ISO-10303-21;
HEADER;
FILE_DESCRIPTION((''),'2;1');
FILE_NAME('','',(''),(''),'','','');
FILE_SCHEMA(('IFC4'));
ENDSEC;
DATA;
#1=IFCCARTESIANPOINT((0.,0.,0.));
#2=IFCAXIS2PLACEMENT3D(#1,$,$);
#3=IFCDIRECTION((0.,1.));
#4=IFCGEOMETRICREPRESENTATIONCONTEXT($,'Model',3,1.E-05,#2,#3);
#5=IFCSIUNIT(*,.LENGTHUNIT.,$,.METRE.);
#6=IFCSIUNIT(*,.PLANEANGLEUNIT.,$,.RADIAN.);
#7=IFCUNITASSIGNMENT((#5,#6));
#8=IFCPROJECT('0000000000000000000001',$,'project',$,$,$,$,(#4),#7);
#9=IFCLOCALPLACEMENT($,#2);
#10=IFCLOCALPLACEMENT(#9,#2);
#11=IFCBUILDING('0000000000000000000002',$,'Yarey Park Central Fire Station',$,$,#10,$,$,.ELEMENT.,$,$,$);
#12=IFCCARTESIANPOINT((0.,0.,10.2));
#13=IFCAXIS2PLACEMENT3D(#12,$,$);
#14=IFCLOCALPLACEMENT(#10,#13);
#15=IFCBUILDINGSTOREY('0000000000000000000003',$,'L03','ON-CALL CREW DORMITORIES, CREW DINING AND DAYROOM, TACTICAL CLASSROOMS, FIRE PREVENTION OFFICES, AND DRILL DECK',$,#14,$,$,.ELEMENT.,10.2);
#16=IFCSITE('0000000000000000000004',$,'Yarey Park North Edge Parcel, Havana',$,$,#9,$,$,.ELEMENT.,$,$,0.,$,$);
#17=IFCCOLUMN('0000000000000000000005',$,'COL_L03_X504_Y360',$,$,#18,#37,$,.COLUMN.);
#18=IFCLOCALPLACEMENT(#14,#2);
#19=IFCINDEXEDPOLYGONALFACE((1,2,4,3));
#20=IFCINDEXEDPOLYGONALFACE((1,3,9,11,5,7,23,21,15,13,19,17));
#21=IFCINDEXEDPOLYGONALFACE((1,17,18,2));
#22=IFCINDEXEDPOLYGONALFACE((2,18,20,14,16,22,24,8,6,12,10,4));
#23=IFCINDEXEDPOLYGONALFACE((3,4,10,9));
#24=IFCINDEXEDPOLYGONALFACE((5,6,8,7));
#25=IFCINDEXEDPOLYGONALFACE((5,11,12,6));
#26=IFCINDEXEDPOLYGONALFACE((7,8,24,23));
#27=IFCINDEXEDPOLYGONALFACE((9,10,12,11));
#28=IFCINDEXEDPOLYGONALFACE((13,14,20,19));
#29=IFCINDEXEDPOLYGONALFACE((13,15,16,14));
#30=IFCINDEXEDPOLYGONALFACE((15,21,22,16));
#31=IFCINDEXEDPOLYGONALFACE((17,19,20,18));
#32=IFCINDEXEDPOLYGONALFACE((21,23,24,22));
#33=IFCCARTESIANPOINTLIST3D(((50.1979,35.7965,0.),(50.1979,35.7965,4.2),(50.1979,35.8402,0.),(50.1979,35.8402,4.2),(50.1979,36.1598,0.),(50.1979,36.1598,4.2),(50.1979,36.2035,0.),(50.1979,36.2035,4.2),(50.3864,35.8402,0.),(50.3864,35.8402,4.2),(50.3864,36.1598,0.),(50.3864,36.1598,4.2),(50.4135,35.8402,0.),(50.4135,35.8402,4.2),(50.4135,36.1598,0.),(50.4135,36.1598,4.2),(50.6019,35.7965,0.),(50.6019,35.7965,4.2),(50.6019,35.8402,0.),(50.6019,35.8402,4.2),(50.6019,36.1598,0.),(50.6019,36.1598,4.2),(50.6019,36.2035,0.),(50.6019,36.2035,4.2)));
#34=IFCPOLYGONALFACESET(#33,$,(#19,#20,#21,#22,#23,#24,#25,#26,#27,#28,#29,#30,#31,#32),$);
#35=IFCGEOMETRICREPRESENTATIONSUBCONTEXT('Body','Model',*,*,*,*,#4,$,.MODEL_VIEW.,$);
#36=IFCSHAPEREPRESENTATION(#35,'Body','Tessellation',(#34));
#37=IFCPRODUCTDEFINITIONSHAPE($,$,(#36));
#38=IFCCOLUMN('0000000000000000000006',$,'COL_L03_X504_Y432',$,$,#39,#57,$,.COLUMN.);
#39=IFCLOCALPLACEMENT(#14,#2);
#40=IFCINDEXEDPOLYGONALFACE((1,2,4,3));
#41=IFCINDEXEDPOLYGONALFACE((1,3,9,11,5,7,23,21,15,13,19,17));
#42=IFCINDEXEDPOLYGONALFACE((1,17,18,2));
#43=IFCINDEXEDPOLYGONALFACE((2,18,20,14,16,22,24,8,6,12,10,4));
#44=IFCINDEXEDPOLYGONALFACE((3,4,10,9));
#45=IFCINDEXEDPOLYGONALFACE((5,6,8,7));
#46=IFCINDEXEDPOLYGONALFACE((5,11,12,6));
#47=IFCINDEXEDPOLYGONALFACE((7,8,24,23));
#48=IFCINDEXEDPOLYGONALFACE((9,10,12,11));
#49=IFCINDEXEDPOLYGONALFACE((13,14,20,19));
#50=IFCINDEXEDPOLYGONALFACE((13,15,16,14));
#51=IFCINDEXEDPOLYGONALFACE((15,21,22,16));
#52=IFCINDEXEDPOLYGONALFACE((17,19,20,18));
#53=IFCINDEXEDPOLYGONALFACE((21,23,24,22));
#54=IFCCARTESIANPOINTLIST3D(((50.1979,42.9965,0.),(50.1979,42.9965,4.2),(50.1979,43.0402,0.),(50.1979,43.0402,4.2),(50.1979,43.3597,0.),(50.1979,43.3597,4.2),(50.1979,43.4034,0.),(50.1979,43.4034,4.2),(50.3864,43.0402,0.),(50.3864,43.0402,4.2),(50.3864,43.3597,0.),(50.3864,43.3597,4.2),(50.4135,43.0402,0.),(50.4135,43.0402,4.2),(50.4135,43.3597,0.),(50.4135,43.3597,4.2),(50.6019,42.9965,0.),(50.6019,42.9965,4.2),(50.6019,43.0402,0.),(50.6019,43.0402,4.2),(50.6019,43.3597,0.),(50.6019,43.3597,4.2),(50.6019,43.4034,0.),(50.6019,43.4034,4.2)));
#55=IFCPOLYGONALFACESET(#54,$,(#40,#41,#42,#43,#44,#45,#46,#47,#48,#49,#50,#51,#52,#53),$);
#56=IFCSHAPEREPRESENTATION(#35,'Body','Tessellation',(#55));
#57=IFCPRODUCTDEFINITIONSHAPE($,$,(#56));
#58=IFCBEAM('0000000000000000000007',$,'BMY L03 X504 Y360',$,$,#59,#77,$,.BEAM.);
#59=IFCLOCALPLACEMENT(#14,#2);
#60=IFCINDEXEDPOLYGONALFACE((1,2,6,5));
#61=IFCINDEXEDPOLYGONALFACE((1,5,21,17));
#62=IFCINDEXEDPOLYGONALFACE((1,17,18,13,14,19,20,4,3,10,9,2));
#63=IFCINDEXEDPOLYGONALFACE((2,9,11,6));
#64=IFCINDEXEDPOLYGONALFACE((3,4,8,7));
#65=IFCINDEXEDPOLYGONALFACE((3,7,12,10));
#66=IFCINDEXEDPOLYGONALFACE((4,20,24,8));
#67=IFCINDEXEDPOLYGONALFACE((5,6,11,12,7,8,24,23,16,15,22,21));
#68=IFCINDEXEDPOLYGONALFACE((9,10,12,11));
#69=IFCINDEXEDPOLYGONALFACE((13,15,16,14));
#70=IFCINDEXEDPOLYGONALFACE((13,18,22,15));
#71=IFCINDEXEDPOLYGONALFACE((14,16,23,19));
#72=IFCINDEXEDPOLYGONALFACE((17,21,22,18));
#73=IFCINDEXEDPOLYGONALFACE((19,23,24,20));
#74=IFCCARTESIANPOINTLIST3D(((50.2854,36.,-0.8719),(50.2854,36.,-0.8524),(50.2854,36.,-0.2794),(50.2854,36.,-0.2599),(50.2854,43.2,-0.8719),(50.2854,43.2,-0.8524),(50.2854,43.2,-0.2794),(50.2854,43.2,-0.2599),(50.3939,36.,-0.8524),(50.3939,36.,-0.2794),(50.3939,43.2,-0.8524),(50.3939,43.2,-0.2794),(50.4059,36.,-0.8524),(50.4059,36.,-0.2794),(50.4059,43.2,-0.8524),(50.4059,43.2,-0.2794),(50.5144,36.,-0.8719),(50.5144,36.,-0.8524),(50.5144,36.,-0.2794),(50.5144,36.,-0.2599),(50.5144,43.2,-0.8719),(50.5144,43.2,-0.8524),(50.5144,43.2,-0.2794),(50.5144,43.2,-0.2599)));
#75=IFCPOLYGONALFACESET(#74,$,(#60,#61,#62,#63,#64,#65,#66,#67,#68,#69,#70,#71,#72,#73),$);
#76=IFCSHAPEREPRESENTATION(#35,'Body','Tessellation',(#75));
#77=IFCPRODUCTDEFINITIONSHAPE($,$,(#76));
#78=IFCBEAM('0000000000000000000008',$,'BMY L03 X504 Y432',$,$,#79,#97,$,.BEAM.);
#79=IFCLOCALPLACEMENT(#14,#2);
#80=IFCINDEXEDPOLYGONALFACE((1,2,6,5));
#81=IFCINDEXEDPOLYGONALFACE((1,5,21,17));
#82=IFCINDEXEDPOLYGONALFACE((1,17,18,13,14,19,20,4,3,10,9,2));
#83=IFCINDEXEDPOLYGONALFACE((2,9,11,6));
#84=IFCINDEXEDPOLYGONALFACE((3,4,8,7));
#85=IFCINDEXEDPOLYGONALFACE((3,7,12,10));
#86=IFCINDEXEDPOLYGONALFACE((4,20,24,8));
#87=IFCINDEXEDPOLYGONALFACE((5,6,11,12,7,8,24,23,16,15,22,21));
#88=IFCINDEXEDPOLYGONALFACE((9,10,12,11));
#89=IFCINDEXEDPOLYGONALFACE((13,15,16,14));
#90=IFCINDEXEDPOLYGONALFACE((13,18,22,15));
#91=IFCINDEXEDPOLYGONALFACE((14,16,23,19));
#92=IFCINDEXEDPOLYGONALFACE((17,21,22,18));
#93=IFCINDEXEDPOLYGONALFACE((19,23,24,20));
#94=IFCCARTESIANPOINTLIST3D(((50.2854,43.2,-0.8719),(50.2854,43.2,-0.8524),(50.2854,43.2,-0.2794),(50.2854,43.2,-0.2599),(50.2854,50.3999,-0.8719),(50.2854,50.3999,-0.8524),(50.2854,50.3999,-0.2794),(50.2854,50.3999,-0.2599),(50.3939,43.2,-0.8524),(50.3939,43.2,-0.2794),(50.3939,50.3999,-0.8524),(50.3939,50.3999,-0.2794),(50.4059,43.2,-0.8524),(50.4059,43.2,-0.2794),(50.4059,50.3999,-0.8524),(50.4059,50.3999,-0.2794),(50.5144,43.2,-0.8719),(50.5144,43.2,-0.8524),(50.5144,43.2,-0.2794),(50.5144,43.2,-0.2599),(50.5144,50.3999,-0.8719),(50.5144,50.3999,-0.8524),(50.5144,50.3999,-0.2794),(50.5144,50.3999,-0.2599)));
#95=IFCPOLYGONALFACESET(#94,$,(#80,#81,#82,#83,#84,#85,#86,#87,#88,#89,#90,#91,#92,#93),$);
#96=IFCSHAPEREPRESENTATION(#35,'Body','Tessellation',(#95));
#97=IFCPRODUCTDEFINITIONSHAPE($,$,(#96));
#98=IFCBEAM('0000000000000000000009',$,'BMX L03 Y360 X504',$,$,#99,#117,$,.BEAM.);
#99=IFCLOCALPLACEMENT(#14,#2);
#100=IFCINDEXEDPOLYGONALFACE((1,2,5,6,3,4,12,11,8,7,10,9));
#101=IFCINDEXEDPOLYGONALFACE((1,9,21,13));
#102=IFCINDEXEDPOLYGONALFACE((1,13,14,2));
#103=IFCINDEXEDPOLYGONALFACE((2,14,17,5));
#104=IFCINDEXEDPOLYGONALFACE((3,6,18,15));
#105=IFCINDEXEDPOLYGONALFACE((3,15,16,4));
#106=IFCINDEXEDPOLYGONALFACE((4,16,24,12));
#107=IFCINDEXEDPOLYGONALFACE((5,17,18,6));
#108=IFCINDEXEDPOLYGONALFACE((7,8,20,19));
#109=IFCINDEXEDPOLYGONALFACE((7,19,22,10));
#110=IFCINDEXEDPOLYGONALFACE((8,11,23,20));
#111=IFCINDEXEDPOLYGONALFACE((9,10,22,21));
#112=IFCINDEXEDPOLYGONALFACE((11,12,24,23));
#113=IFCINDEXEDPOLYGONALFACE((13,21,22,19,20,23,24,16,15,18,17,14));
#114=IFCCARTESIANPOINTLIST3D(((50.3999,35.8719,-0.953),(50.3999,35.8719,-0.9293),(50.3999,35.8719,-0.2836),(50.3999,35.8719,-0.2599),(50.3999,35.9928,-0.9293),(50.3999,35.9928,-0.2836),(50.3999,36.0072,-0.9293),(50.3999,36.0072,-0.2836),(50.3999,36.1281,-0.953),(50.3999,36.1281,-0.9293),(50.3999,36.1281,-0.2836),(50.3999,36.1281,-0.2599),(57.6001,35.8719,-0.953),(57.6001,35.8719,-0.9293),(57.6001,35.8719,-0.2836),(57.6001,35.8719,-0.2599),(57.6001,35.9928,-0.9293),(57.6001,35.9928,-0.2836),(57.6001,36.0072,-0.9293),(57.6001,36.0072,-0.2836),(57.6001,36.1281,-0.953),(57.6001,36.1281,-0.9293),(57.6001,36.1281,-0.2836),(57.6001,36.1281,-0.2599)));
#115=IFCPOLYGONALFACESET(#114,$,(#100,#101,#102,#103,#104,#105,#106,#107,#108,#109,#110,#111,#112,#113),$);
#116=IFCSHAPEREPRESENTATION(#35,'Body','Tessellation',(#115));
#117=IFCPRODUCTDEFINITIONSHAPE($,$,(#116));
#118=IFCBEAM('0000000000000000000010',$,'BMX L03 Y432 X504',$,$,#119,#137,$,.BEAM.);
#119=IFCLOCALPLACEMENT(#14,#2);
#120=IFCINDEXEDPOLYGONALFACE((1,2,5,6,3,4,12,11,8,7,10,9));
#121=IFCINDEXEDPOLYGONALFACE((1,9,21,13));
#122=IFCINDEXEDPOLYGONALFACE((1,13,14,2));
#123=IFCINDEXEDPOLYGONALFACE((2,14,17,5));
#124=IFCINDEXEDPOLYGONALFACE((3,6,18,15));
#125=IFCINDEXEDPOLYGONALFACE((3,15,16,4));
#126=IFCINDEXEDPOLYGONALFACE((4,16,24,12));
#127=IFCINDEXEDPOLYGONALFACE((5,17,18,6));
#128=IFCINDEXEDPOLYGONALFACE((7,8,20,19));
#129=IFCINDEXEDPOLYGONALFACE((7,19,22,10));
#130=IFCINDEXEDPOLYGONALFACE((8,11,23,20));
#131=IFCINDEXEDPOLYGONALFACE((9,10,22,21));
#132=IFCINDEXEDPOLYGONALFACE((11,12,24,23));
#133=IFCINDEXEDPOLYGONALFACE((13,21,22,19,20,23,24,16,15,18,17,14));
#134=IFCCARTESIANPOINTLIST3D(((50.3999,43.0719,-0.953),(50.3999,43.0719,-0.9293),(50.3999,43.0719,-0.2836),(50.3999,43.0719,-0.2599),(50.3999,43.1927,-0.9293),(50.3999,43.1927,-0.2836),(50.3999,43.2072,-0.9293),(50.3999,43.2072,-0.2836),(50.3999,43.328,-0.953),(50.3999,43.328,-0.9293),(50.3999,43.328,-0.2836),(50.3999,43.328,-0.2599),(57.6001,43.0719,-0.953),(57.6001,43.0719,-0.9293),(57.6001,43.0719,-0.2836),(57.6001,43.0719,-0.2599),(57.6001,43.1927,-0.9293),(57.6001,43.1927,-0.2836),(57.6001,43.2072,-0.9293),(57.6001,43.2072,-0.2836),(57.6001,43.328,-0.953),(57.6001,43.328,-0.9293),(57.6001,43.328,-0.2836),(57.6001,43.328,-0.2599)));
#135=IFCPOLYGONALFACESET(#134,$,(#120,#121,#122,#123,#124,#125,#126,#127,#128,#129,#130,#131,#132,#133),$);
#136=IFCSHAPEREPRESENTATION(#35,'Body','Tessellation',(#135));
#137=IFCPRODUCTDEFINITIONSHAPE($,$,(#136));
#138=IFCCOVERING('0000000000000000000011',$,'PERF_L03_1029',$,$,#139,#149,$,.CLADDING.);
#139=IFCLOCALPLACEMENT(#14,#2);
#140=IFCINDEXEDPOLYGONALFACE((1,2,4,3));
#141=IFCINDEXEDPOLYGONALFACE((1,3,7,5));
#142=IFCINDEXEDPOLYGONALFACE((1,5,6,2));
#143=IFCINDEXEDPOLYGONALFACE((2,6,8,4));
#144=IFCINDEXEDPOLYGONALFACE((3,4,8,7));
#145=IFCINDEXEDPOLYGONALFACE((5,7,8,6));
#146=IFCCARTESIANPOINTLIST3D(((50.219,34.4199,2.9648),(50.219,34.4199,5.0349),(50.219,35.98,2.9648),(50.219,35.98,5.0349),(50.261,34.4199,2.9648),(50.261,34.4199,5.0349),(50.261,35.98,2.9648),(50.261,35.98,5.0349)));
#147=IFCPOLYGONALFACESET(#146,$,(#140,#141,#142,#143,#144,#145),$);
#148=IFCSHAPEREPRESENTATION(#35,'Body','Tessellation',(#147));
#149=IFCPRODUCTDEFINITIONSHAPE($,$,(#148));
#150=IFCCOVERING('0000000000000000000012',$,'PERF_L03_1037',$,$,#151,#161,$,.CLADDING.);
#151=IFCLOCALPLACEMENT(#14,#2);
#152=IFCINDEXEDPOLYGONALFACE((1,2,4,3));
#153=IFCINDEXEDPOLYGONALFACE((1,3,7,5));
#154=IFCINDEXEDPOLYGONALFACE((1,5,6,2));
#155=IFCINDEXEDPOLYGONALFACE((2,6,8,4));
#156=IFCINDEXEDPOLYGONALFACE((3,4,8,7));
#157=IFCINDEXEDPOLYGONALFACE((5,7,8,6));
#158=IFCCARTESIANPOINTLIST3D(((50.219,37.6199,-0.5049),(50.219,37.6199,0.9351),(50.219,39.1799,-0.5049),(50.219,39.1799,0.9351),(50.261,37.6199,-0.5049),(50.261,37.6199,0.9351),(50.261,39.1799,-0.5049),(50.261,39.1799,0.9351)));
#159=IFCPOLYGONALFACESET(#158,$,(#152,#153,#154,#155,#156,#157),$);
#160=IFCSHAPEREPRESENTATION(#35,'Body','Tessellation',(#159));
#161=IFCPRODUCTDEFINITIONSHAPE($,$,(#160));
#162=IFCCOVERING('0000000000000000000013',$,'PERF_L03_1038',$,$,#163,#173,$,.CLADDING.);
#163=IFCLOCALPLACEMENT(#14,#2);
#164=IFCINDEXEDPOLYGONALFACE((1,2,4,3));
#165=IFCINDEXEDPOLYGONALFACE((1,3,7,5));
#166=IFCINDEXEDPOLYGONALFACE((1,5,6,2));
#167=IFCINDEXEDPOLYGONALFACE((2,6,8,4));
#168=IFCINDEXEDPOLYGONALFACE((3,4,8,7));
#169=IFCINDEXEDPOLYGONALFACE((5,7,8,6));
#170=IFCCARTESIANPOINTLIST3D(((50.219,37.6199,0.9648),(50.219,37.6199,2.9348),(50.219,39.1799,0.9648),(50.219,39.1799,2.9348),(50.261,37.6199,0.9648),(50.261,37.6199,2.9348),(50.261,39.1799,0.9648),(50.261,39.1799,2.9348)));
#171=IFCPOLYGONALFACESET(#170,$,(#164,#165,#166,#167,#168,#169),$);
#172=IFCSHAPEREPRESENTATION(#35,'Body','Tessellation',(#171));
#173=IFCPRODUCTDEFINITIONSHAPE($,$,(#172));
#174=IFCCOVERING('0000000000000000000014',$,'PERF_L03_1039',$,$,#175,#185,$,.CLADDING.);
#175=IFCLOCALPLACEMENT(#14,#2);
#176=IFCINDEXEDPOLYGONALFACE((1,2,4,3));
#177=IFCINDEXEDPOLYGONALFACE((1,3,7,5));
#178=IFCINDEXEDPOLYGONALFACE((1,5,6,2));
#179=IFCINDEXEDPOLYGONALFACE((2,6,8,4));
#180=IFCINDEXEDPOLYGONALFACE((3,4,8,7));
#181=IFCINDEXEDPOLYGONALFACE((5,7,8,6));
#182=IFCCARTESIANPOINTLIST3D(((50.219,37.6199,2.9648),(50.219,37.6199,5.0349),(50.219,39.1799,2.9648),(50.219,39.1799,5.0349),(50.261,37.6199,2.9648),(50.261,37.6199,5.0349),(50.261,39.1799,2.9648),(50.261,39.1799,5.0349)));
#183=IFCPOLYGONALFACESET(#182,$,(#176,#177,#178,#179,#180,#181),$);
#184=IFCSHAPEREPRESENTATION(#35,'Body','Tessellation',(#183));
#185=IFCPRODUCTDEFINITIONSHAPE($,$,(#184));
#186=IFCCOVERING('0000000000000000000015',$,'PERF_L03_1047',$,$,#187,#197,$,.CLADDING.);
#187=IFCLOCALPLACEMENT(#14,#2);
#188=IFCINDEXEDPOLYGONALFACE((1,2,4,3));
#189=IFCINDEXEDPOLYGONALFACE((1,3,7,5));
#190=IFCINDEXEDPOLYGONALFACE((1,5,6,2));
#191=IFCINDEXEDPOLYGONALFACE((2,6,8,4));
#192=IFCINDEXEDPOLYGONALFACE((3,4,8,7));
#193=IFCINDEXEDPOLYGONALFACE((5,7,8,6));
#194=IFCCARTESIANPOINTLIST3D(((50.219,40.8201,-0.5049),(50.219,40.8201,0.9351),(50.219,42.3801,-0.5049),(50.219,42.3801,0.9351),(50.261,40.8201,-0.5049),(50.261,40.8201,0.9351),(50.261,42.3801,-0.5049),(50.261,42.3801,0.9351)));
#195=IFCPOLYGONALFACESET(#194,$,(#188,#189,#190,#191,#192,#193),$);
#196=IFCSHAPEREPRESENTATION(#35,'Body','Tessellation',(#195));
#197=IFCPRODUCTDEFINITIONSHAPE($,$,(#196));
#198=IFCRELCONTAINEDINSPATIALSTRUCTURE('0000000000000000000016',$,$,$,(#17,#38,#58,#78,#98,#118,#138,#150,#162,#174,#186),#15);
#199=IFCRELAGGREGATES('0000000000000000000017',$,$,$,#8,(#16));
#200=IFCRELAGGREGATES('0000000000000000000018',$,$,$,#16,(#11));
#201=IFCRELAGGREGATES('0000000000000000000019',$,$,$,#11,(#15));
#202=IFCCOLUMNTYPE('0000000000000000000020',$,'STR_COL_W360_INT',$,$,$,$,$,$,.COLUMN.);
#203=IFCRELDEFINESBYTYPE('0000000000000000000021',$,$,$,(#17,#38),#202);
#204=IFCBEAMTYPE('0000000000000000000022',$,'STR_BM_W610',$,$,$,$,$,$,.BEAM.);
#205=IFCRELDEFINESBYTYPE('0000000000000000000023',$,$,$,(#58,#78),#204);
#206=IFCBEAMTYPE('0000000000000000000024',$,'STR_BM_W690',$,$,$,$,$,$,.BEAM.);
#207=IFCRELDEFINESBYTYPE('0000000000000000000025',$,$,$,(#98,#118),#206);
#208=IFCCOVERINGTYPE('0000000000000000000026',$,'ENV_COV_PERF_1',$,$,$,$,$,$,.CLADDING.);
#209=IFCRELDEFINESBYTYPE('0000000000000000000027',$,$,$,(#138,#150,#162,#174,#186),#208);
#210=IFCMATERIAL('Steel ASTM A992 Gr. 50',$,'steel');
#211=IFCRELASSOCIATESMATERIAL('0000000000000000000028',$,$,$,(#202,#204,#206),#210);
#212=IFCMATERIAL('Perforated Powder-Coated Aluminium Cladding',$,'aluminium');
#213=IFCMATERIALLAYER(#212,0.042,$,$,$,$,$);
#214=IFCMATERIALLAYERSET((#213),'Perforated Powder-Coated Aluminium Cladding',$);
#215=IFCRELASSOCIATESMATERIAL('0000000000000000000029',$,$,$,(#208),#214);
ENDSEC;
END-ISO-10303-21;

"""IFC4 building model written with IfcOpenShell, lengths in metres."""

from ifc_helpers import new_model, si_unit, direction, frame, origin, origin_2d, place, context, subcontext, project, spatial, rectangle, i_section, extrude, material, layer, layer_set, material_profile, profile_set, type_object, element, save


model = new_model("IFC4")

# Units and contexts
model_context = context("Model", 3, precision=1e-05, world=origin(), true_north=direction((0.0, 1.0)))
body_context = subcontext(model_context, "Body", "Model", "MODEL_VIEW")
ifc_project = project(units=[si_unit("LENGTHUNIT", "METRE"), si_unit("PLANEANGLEUNIT", "RADIAN")], contexts=[model_context])

# Site, building, storey
site_placement = place(None, origin())
site = spatial("IfcSite", under=ifc_project, at=site_placement, Name="Yarey Park North Edge Parcel, Havana", CompositionType="ELEMENT", RefElevation=0.0)
building_placement = place(site_placement, origin())
building = spatial("IfcBuilding", under=site, at=building_placement, Name="Yarey Park Central Fire Station", CompositionType="ELEMENT")
storey_placement = place(building_placement, frame((0.0, 0.0, 10.2)))
storey = spatial("IfcBuildingStorey", under=building, at=storey_placement, Name="L03", Description="ON-CALL CREW DORMITORIES, CREW DINING AND DAYROOM, TACTICAL CLASSROOMS, FIRE PREVENTION OFFICES, AND DRILL DECK", CompositionType="ELEMENT", Elevation=10.2)

# Columns
ifc_material_1 = material(Name="Steel ASTM A992 Gr. 50", Category="steel")
ifc_material_profile_1 = material_profile(ifc_material_1, i_section(OverallWidth=0.4041, OverallDepth=0.407, WebThickness=0.0271, FlangeThickness=0.0437, at=origin_2d()), Name="W360x347")
ifc_profile_set_1 = profile_set([ifc_material_profile_1], Name="Steel ASTM A992 Gr. 50")
column_type = type_object("IfcColumnType", Name="STR_COL_W360_INT", PredefinedType="COLUMN", material=ifc_profile_set_1)
for number, where, z_axis, x_axis, name in (
    (1, (50.3999, 36.0, 0.0), (0.0, 0.0, 1.0), (1.0, 0.0, 0.0), "COL_L03_X504_Y360"),
    (2, (50.3999, 43.2, 0.0), (0.0, 0.0, 1.0), (1.0, 0.0, 0.0), "COL_L03_X504_Y432"),
):
    element("IfcColumn", number, at=place(storey_placement, frame(where, z_axis=z_axis, x_axis=x_axis)), inside=storey, type_object=column_type, Name=name, PredefinedType="COLUMN", context=body_context, shape_type="SweptSolid", body=[
        extrude(i_section(OverallWidth=0.4041, OverallDepth=0.407, WebThickness=0.0271, FlangeThickness=0.0437, at=origin_2d()), origin(), (0.0, 0.0, 1.0), 4.2),
    ])

# Beams
ifc_material_profile_2 = material_profile(ifc_material_1, i_section(OverallWidth=0.229, OverallDepth=0.6121, WebThickness=0.012, FlangeThickness=0.0195, at=origin_2d()), Name="W610x125")
ifc_profile_set_2 = profile_set([ifc_material_profile_2], Name="Steel ASTM A992 Gr. 50")
beam_type_1 = type_object("IfcBeamType", Name="STR_BM_W610", PredefinedType="BEAM", material=ifc_profile_set_2)
for number, where, z_axis, x_axis, name in (
    (3, (50.3999, 36.0, -0.5659), (0.0, 1.0, 0.0), (-1.0, 0.0, 0.0), "BMY L03 X504 Y360"),
    (4, (50.3999, 43.2, -0.5659), (0.0, 1.0, 0.0), (-1.0, 0.0, 0.0), "BMY L03 X504 Y432"),
):
    element("IfcBeam", number, at=place(storey_placement, frame(where, z_axis=z_axis, x_axis=x_axis)), inside=storey, type_object=beam_type_1, Name=name, PredefinedType="BEAM", context=body_context, shape_type="SweptSolid", body=[
        extrude(i_section(OverallWidth=0.229, OverallDepth=0.6121, WebThickness=0.012, FlangeThickness=0.0195, at=origin_2d()), origin(), (0.0, 0.0, 1.0), 7.2),
    ])
ifc_material_profile_3 = material_profile(ifc_material_1, i_section(OverallWidth=0.2561, OverallDepth=0.6931, WebThickness=0.0144, FlangeThickness=0.0237, at=origin_2d()), Name="W690x170")
ifc_profile_set_3 = profile_set([ifc_material_profile_3], Name="Steel ASTM A992 Gr. 50")
beam_type_2 = type_object("IfcBeamType", Name="STR_BM_W690", PredefinedType="BEAM", material=ifc_profile_set_3)
for number, where, z_axis, x_axis, name in (
    (5, (50.3999, 36.0, -0.6064), (1.0, 0.0, 0.0), (0.0, 1.0, 0.0), "BMX L03 Y360 X504"),
    (6, (50.3999, 43.2, -0.6064), (1.0, 0.0, 0.0), (0.0, 1.0, 0.0), "BMX L03 Y432 X504"),
):
    element("IfcBeam", number, at=place(storey_placement, frame(where, z_axis=z_axis, x_axis=x_axis)), inside=storey, type_object=beam_type_2, Name=name, PredefinedType="BEAM", context=body_context, shape_type="SweptSolid", body=[
        extrude(i_section(OverallWidth=0.2561, OverallDepth=0.6931, WebThickness=0.0144, FlangeThickness=0.0237, at=origin_2d()), origin(), (0.0, 0.0, 1.0), 7.2002),
    ])

# Coverings
ifc_material_2 = material(Name="Perforated Powder-Coated Aluminium Cladding", Category="aluminium")
ifc_layer_1 = layer(ifc_material_2, 0.042)
ifc_layer_set_1 = layer_set([ifc_layer_1], Name="Perforated Powder-Coated Aluminium Cladding")
covering_type_1 = type_object("IfcCoveringType", Name="ENV_COV_PERF_1", PredefinedType="CLADDING", material=ifc_layer_set_1)
covering_1_placement = place(storey_placement, frame((50.24, 35.2, 2.9648), z_axis=(0.0, 0.0, 1.0), x_axis=(0.0, 1.0, 0.0)))
element("IfcCovering", 7, at=covering_1_placement, inside=storey, type_object=covering_type_1, Name="PERF_L03_1029", PredefinedType="CLADDING", context=body_context, shape_type="SweptSolid", body=[
    extrude(rectangle(XDim=1.5601, YDim=0.042, at=origin_2d()), origin(), (0.0, 0.0, 1.0), 2.0701),
])
covering_2_placement = place(storey_placement, frame((50.24, 38.3999, -0.5049), z_axis=(0.0, 0.0, 1.0), x_axis=(0.0, 1.0, 0.0)))
element("IfcCovering", 8, at=covering_2_placement, inside=storey, type_object=covering_type_1, Name="PERF_L03_1037", PredefinedType="CLADDING", context=body_context, shape_type="SweptSolid", body=[
    extrude(rectangle(XDim=1.5601, YDim=0.042, at=origin_2d()), origin(), (0.0, 0.0, 1.0), 1.4399),
])
covering_3_placement = place(storey_placement, frame((50.24, 38.3999, 0.9648), z_axis=(0.0, 0.0, 1.0), x_axis=(0.0, 1.0, 0.0)))
element("IfcCovering", 9, at=covering_3_placement, inside=storey, type_object=covering_type_1, Name="PERF_L03_1038", PredefinedType="CLADDING", context=body_context, shape_type="SweptSolid", body=[
    extrude(rectangle(XDim=1.5601, YDim=0.042, at=origin_2d()), origin(), (0.0, 0.0, 1.0), 1.97),
])
covering_4_placement = place(storey_placement, frame((50.24, 38.3999, 2.9648), z_axis=(0.0, 0.0, 1.0), x_axis=(0.0, 1.0, 0.0)))
element("IfcCovering", 10, at=covering_4_placement, inside=storey, type_object=covering_type_1, Name="PERF_L03_1039", PredefinedType="CLADDING", context=body_context, shape_type="SweptSolid", body=[
    extrude(rectangle(XDim=1.5601, YDim=0.042, at=origin_2d()), origin(), (0.0, 0.0, 1.0), 2.0701),
])
covering_5_placement = place(storey_placement, frame((50.24, 41.6001, -0.5049), z_axis=(0.0, 0.0, 1.0), x_axis=(0.0, 1.0, 0.0)))
element("IfcCovering", 11, at=covering_5_placement, inside=storey, type_object=covering_type_1, Name="PERF_L03_1047", PredefinedType="CLADDING", context=body_context, shape_type="SweptSolid", body=[
    extrude(rectangle(XDim=1.5601, YDim=0.042, at=origin_2d()), origin(), (0.0, 0.0, 1.0), 1.4399),
])

save(model, "model.ifc")
